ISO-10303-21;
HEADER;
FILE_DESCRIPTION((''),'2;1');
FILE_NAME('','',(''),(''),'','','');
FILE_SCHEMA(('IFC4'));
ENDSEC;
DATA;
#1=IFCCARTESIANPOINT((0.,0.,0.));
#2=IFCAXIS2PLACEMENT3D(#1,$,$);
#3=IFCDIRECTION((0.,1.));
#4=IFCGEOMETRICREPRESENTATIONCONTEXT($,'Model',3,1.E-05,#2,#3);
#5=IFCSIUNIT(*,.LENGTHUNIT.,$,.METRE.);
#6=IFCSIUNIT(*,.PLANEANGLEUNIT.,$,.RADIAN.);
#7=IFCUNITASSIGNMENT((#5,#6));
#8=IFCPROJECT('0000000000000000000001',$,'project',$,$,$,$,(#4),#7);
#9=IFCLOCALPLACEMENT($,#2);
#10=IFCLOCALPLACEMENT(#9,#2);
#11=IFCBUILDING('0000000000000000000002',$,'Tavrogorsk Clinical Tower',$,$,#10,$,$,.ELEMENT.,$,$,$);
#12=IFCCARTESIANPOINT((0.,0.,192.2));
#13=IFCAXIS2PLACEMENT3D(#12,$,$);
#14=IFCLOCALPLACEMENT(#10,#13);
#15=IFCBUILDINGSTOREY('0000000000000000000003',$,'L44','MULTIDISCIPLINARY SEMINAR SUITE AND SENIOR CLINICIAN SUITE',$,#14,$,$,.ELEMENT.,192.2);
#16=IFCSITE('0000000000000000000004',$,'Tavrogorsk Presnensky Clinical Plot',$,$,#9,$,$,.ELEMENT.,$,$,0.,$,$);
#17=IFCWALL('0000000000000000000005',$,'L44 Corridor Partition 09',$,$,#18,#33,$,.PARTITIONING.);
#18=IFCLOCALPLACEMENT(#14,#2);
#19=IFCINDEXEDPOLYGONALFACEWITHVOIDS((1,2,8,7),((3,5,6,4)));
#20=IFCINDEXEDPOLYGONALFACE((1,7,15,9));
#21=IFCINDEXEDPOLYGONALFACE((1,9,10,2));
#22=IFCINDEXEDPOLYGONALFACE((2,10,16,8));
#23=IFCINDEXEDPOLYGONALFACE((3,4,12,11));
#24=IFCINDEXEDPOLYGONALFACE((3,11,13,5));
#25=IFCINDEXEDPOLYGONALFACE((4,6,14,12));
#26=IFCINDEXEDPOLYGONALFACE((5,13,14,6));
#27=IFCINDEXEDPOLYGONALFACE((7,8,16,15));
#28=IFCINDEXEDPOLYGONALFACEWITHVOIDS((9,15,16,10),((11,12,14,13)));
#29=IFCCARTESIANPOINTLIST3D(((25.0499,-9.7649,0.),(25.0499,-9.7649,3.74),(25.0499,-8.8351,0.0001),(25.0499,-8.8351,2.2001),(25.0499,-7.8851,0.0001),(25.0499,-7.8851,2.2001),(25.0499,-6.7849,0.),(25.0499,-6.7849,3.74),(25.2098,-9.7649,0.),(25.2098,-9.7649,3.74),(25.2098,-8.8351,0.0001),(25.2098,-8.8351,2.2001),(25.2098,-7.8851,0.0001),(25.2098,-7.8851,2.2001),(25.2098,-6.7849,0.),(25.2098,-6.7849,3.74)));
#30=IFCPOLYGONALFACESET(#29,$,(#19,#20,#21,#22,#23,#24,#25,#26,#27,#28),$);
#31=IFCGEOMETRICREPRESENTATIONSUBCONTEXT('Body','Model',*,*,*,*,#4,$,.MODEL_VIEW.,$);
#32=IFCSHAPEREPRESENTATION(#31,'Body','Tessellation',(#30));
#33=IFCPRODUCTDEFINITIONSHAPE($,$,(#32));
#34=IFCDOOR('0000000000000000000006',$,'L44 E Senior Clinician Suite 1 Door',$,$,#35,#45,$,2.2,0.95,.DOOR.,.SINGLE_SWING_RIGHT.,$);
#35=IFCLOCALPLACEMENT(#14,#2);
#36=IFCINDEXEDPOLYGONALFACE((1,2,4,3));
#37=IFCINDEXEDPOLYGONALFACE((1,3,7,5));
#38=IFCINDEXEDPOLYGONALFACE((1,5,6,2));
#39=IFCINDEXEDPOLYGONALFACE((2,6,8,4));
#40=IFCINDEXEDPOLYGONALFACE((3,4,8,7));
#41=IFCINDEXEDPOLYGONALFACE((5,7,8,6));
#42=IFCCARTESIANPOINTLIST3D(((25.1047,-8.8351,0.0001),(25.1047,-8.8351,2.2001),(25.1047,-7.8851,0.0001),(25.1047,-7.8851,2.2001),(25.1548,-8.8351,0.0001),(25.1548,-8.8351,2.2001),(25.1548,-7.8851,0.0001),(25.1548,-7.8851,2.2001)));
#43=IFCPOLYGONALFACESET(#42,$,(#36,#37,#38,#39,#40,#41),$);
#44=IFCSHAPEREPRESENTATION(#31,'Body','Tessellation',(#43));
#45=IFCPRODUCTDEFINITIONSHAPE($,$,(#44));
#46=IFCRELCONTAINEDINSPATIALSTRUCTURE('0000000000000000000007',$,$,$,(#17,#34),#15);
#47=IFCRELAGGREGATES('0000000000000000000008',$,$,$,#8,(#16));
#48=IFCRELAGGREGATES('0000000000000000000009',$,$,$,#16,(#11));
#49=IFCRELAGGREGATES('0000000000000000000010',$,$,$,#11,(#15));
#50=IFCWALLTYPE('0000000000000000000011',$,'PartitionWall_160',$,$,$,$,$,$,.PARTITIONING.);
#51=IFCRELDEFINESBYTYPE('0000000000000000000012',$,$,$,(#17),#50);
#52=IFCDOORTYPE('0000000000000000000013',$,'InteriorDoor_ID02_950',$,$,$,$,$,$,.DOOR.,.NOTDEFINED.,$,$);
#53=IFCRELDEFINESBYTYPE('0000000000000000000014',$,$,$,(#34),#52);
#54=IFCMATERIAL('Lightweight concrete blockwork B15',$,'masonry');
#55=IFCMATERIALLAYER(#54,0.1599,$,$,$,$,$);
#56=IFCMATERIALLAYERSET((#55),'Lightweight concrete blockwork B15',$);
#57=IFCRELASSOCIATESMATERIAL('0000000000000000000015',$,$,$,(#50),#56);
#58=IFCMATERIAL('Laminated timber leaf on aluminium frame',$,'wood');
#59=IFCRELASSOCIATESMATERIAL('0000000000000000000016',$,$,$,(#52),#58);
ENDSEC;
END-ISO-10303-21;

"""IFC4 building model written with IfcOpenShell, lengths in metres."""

from ifc_helpers import new_model, si_unit, direction, frame, frame_2d, origin, place, context, subcontext, project, spatial, rectangle, extrude, material, layer, layer_set, type_object, element, fill, save


model = new_model("IFC4")

# Units and contexts
model_context = context("Model", 3, precision=1e-05, world=origin(), true_north=direction((0.0, 1.0)))
body_context = subcontext(model_context, "Body", "Model", "MODEL_VIEW")
ifc_project = project(units=[si_unit("LENGTHUNIT", "METRE"), si_unit("PLANEANGLEUNIT", "RADIAN")], contexts=[model_context])

# Site, building, storey
site_placement = place(None, origin())
site = spatial("IfcSite", under=ifc_project, at=site_placement, Name="Tavrogorsk Presnensky Clinical Plot", CompositionType="ELEMENT", RefElevation=0.0)
building_placement = place(site_placement, origin())
building = spatial("IfcBuilding", under=site, at=building_placement, Name="Tavrogorsk Clinical Tower", CompositionType="ELEMENT")
storey_placement = place(building_placement, frame((0.0, 0.0, 192.2)))
storey = spatial("IfcBuildingStorey", under=building, at=storey_placement, Name="L44", Description="MULTIDISCIPLINARY SEMINAR SUITE AND SENIOR CLINICIAN SUITE", CompositionType="ELEMENT", Elevation=192.2)

# Wall, opening, door
ifc_material_1 = material(Name="Lightweight concrete blockwork B15", Category="masonry")
ifc_layer = layer(ifc_material_1, 0.1599)
ifc_layer_set = layer_set([ifc_layer], Name="Lightweight concrete blockwork B15")
wall_type = type_object("IfcWallType", Name="PartitionWall_160", PredefinedType="PARTITIONING", material=ifc_layer_set)
wall_1_placement = place(storey_placement, frame((25.1299, -6.7849, 0.0), z_axis=(0.0, 0.0, 1.0), x_axis=(0.0, -1.0, 0.0)))
wall_1 = element("IfcWall", 1, at=wall_1_placement, inside=storey, type_object=wall_type, Name="L44 Corridor Partition 09", PredefinedType="PARTITIONING", context=body_context, shape_type="SweptSolid", body=[
    extrude(rectangle(XDim=2.98, YDim=0.1599, at=frame_2d((1.49, 0.0))), origin(), (0.0, 0.0, 1.0), 3.74),
])
opening_1_placement = place(wall_1_placement, frame((1.1001, 0.0, 0.0)))
opening_1 = element("IfcOpeningElement", 2, at=opening_1_placement, cuts=wall_1, PredefinedType="OPENING", context=body_context, shape_type="SweptSolid", body=[
    extrude(rectangle(XDim=0.95, YDim=2.2, at=frame_2d((0.4751, 1.1001))), frame((0.0, 0.0898, 0.0), z_axis=(0.0, -1.0, 0.0), x_axis=(1.0, 0.0, 0.0)), (0.0, 0.0, 1.0), 0.1799),
])
ifc_material_2 = material(Name="Laminated timber leaf on aluminium frame", Category="wood")
door_type_1 = type_object("IfcDoorType", Name="InteriorDoor_ID02_950", OperationType="NOTDEFINED", PredefinedType="DOOR", material=ifc_material_2)
door_1_placement = place(opening_1_placement, origin())
door_1 = element("IfcDoor", 3, at=door_1_placement, inside=storey, type_object=door_type_1, Name="L44 E Senior Clinician Suite 1 Door", OperationType="SINGLE_SWING_RIGHT", OverallHeight=2.2, OverallWidth=0.95, PredefinedType="DOOR", context=body_context, shape_type="SweptSolid", body=[
    extrude(rectangle(XDim=0.95, YDim=2.2, at=frame_2d((0.4751, 1.1001))), frame((0.0, 0.0249, 0.0), z_axis=(0.0, -1.0, 0.0), x_axis=(1.0, 0.0, 0.0)), (0.0, 0.0, 1.0), 0.05),
])
fill(opening_1, door_1)

save(model, "model.ifc")
